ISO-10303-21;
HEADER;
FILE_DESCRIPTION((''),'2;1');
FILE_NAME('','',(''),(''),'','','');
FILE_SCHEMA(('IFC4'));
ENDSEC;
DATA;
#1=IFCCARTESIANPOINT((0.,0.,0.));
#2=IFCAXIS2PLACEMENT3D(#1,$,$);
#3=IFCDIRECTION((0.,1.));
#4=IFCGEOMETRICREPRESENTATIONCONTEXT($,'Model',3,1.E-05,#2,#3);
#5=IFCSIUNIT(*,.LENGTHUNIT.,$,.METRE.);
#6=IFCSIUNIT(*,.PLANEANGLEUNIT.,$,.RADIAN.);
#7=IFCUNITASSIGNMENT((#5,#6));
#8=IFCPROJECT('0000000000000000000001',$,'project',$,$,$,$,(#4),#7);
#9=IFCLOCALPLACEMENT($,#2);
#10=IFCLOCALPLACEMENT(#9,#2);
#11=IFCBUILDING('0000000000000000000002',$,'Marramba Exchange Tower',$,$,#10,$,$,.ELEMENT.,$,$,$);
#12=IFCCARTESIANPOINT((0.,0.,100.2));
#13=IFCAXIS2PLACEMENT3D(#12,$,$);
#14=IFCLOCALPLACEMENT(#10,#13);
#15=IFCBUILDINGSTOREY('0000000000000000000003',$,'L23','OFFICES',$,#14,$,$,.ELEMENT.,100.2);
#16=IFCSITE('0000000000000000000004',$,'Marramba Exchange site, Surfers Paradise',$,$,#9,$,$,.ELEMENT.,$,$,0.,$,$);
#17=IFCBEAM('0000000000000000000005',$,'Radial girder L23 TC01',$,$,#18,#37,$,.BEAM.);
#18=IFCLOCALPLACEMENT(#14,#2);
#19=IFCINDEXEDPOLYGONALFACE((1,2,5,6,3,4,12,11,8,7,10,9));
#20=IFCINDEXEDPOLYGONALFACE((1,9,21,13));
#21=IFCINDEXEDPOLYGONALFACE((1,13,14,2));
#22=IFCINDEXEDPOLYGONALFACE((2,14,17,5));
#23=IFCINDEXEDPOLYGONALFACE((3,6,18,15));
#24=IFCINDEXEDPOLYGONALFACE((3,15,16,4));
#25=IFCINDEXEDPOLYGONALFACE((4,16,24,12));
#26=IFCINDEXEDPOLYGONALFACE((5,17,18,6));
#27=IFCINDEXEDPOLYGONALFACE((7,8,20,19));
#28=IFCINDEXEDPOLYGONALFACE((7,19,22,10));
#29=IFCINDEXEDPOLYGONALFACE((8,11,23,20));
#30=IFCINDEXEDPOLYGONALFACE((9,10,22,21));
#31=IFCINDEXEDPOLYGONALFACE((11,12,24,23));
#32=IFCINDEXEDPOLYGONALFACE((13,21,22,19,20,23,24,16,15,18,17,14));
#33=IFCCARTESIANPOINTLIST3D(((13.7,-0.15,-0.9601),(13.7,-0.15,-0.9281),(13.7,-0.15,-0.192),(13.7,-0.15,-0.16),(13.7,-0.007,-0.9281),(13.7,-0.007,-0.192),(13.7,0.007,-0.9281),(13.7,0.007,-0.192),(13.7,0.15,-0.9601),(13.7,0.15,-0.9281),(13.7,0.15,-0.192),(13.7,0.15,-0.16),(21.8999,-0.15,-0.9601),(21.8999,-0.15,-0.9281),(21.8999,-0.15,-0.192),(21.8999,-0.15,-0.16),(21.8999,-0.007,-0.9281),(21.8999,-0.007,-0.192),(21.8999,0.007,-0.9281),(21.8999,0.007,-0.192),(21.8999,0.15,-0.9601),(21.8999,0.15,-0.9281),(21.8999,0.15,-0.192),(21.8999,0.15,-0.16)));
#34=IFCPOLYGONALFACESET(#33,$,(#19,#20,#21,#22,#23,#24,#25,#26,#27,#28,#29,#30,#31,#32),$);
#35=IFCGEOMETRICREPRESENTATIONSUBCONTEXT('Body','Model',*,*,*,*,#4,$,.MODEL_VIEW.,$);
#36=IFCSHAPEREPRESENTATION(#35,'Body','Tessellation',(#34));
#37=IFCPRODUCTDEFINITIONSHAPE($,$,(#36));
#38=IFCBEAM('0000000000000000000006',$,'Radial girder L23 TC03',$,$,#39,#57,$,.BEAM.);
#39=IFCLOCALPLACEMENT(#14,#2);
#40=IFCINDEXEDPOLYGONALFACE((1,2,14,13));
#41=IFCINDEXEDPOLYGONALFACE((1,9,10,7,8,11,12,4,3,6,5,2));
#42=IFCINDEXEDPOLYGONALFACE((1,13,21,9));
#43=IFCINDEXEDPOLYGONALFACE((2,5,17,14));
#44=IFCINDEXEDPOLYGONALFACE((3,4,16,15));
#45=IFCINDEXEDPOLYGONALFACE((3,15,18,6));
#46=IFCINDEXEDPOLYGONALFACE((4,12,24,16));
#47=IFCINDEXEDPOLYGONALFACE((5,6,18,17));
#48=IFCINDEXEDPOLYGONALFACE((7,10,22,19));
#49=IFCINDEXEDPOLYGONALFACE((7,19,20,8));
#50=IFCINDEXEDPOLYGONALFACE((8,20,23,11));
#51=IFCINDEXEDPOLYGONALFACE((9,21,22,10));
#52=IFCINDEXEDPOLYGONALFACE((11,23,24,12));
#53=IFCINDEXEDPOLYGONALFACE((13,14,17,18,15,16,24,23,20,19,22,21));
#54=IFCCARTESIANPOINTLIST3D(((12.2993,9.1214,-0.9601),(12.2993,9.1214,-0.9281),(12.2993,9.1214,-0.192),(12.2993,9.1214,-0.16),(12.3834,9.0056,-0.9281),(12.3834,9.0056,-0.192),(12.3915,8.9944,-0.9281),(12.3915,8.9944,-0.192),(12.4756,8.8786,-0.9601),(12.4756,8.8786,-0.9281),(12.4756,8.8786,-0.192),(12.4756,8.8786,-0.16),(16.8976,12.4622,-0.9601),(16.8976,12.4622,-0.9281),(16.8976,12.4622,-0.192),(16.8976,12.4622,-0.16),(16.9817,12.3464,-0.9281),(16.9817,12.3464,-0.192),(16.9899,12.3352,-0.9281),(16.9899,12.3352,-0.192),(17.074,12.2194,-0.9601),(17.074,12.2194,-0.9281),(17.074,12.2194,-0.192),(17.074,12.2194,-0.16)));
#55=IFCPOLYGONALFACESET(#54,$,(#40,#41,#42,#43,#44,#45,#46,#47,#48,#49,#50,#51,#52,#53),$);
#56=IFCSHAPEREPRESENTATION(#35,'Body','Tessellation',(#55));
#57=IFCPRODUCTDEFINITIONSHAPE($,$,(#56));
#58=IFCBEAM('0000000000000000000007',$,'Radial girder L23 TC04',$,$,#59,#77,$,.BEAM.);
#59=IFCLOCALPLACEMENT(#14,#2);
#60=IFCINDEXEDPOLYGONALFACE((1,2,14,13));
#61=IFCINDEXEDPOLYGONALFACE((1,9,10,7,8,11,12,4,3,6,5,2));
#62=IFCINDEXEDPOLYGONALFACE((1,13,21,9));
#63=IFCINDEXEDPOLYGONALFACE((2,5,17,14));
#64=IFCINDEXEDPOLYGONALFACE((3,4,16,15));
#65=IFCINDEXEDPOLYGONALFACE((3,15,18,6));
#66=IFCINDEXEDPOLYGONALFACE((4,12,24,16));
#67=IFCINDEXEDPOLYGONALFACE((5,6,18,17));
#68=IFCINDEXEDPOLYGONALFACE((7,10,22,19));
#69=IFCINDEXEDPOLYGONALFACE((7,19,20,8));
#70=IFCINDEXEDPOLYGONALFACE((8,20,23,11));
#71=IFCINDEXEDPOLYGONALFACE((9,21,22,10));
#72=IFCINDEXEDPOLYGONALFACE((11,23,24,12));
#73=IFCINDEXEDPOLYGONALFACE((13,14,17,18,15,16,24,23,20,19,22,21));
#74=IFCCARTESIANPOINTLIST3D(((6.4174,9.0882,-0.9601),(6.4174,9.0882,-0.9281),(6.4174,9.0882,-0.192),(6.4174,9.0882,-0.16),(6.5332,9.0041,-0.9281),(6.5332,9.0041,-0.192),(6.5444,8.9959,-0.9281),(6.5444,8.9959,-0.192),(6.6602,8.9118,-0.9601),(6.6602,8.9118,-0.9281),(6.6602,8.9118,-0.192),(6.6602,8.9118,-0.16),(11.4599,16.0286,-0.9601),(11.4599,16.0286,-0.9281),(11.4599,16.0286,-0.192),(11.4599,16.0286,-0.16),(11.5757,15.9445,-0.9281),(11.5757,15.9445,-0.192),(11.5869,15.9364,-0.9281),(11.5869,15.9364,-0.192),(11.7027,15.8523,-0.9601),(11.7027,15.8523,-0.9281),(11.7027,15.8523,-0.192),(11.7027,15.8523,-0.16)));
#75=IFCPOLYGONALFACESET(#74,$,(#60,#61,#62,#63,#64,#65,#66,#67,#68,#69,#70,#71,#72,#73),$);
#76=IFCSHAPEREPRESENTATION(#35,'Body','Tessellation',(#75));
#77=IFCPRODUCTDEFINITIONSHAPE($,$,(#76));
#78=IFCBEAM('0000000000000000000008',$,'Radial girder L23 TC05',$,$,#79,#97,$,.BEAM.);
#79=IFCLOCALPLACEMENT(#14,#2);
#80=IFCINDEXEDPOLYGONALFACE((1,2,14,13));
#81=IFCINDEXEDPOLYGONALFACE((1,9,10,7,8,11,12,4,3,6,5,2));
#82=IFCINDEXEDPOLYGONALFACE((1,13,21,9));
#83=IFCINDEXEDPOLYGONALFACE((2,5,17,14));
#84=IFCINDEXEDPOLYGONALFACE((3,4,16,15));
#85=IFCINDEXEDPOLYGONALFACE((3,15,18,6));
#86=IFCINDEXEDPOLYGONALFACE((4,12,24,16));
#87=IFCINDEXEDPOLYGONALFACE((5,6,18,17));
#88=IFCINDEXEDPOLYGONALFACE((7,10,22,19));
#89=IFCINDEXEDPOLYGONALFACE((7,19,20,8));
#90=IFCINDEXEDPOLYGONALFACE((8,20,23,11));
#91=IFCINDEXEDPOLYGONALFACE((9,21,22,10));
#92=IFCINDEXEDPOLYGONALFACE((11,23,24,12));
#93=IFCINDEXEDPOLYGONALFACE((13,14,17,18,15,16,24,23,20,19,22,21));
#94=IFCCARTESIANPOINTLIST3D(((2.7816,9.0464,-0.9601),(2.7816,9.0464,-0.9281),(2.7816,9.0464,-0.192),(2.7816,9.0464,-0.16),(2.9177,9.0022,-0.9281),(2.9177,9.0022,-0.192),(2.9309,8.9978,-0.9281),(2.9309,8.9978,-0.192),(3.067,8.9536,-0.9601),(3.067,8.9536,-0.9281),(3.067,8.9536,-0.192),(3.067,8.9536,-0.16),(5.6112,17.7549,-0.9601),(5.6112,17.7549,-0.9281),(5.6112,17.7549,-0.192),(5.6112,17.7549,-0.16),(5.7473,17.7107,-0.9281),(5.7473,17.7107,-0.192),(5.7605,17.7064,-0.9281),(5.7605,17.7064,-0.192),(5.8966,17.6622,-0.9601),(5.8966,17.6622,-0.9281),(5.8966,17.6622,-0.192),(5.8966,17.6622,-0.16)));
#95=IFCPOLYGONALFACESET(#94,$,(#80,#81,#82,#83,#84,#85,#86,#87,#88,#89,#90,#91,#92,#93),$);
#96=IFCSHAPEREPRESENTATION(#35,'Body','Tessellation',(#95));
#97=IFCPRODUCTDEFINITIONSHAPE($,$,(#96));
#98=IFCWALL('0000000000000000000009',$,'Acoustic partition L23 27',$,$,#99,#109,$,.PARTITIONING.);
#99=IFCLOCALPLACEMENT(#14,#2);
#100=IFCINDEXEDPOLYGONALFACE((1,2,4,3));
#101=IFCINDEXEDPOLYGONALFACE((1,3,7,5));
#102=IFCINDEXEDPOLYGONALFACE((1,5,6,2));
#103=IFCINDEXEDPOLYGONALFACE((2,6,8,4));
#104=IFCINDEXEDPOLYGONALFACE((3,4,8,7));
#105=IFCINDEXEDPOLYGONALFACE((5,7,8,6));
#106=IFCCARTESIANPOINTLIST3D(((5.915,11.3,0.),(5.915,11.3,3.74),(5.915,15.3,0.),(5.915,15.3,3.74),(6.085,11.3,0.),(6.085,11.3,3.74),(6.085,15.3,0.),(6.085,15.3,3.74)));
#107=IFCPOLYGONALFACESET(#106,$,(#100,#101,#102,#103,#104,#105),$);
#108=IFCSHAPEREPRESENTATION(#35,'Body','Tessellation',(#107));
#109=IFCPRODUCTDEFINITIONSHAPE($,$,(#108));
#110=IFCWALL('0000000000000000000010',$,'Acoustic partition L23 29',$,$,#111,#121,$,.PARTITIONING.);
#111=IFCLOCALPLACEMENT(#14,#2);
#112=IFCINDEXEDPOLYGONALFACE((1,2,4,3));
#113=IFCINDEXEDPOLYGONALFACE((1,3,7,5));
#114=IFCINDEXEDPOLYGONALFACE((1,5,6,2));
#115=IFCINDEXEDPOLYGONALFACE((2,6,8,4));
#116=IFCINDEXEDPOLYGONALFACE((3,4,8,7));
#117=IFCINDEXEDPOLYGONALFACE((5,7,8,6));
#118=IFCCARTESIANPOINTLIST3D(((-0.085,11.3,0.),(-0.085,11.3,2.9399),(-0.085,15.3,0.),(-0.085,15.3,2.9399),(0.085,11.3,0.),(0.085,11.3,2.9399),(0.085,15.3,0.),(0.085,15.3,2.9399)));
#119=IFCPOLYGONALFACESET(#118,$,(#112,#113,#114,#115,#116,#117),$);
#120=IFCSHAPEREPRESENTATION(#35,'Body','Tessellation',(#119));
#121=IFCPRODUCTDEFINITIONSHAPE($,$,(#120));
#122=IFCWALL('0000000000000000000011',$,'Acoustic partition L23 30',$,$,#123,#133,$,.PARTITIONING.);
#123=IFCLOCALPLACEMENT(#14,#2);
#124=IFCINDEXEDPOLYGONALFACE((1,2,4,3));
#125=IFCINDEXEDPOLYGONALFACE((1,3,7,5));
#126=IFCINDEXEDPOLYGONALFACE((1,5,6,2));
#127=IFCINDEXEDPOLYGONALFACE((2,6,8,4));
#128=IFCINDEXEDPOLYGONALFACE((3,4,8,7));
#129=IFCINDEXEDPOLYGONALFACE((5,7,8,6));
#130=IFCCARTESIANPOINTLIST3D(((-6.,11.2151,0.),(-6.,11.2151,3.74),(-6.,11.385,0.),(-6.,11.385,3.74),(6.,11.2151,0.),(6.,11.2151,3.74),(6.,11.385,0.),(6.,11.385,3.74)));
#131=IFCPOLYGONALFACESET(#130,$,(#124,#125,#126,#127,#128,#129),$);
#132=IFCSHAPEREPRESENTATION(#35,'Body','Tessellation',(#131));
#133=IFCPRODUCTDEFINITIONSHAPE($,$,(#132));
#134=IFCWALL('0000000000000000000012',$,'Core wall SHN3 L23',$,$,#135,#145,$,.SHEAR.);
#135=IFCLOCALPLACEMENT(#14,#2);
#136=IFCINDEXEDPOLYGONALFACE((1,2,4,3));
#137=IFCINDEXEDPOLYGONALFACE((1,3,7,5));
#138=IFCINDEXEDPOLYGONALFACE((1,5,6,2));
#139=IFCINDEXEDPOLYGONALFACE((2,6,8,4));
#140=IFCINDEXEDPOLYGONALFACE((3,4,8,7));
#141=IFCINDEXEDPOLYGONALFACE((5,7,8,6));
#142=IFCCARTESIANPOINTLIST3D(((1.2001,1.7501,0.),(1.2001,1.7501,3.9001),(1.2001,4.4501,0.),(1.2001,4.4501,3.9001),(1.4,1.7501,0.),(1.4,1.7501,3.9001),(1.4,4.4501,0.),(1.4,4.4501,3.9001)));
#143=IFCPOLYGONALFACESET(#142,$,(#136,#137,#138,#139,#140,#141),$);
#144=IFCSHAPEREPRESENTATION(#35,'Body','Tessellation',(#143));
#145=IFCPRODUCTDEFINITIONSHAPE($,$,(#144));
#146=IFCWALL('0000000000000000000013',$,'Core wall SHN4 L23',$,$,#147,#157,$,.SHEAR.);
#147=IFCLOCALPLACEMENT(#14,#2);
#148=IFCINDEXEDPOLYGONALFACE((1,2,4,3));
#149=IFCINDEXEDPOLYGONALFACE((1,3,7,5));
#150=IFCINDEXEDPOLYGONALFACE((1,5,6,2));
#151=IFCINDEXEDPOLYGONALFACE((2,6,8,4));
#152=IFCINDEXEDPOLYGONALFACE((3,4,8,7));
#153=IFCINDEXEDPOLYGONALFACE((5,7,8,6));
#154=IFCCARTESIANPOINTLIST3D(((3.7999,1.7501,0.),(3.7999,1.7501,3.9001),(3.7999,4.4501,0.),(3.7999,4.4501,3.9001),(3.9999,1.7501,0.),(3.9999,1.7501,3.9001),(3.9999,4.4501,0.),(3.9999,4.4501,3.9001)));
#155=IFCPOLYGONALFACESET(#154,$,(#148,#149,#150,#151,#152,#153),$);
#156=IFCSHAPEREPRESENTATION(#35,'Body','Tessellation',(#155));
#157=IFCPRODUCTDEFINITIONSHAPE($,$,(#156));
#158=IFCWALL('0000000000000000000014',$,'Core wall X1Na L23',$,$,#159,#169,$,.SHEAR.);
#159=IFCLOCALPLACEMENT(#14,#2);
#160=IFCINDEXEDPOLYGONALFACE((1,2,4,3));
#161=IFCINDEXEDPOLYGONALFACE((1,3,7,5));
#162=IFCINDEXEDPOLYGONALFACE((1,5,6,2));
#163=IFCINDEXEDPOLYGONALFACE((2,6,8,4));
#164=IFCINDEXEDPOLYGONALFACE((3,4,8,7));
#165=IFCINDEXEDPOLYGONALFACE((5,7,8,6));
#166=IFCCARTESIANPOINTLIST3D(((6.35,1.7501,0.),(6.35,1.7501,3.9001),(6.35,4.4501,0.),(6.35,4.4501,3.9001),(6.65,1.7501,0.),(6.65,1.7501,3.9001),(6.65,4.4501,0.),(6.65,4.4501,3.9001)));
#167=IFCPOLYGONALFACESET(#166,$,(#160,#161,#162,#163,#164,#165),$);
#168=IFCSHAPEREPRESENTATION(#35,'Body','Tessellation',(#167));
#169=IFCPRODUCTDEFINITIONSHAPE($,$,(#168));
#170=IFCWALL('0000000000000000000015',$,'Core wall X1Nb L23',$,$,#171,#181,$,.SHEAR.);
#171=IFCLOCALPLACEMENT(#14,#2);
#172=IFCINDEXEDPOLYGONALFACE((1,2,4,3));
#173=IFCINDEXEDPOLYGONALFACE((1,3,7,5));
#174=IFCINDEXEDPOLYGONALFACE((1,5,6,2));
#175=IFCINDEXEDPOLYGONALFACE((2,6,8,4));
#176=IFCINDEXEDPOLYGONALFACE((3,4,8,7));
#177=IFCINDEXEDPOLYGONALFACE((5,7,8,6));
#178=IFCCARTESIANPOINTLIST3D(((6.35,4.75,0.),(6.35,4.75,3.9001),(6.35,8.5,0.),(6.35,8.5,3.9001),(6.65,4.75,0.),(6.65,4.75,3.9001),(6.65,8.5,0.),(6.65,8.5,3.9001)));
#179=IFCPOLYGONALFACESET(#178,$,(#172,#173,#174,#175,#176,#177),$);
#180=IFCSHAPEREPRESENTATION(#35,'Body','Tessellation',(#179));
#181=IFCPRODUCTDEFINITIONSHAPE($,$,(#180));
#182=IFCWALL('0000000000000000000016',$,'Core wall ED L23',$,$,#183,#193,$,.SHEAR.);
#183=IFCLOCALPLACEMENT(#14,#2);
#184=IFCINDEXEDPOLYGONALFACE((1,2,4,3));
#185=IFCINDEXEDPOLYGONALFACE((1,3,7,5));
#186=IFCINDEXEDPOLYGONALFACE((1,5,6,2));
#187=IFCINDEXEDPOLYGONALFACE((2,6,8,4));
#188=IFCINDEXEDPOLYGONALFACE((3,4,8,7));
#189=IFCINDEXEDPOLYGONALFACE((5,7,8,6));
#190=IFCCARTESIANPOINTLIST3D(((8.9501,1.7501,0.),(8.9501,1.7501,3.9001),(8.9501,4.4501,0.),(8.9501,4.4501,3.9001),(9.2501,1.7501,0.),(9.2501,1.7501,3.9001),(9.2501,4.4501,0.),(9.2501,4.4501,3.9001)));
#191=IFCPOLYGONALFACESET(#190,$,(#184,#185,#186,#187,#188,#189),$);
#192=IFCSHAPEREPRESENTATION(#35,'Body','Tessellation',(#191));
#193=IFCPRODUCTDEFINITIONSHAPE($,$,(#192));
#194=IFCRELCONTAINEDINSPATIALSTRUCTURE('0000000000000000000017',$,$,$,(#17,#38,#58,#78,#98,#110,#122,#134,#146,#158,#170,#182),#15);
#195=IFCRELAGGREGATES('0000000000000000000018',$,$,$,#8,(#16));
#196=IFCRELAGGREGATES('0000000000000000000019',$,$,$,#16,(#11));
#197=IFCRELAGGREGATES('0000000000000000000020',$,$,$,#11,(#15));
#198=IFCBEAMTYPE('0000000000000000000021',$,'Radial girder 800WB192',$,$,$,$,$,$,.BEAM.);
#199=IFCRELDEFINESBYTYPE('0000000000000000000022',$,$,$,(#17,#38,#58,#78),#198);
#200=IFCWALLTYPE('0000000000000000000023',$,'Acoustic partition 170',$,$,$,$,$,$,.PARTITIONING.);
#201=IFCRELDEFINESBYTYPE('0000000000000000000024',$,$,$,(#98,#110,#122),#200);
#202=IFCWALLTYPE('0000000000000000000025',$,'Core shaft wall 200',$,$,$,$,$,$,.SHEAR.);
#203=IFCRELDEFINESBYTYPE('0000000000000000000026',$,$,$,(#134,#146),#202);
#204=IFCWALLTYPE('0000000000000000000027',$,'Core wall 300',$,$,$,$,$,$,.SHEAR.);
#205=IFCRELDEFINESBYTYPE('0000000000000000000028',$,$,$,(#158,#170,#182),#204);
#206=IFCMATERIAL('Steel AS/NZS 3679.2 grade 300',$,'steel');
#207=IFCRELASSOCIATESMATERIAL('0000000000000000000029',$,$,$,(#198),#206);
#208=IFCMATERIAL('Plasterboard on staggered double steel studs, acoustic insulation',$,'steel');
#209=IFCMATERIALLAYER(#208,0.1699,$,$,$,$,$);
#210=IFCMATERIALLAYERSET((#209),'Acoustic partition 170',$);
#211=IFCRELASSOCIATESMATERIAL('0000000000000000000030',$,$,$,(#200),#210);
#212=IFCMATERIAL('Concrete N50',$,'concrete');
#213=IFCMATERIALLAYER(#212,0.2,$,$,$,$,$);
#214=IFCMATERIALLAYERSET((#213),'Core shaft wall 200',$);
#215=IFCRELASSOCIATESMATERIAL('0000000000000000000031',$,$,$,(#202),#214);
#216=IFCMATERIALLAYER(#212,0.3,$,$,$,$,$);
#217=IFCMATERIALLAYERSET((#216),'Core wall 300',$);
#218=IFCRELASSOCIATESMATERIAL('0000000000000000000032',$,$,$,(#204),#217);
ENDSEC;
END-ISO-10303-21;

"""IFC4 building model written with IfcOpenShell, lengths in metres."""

from ifc_helpers import new_model, si_unit, direction, frame, frame_2d, origin, origin_2d, place, context, subcontext, project, spatial, rectangle, i_section, extrude, material, layer, layer_set, material_profile, profile_set, type_object, element, save


model = new_model("IFC4")

# Units and contexts
model_context = context("Model", 3, precision=1e-05, world=origin(), true_north=direction((0.0, 1.0)))
body_context = subcontext(model_context, "Body", "Model", "MODEL_VIEW")
ifc_project = project(units=[si_unit("LENGTHUNIT", "METRE"), si_unit("PLANEANGLEUNIT", "RADIAN")], contexts=[model_context])

# Site, building, storey
site_placement = place(None, origin())
site = spatial("IfcSite", under=ifc_project, at=site_placement, Name="Marramba Exchange site, Surfers Paradise", CompositionType="ELEMENT", RefElevation=0.0)
building_placement = place(site_placement, origin())
building = spatial("IfcBuilding", under=site, at=building_placement, Name="Marramba Exchange Tower", CompositionType="ELEMENT")
storey_placement = place(building_placement, frame((0.0, 0.0, 100.2)))
storey = spatial("IfcBuildingStorey", under=building, at=storey_placement, Name="L23", Description="OFFICES", CompositionType="ELEMENT", Elevation=100.2)

# Beams
ifc_material_1 = material(Name="Steel AS/NZS 3679.2 grade 300", Category="steel")
ifc_material_profile_1 = material_profile(ifc_material_1, i_section(OverallWidth=0.3, OverallDepth=0.8, WebThickness=0.0139, FlangeThickness=0.032, at=origin_2d()), Name="800WB192")
ifc_profile_set_1 = profile_set([ifc_material_profile_1], Name="Steel AS/NZS 3679.2 grade 300")
beam_type_1 = type_object("IfcBeamType", Name="Radial girder 800WB192", PredefinedType="BEAM", material=ifc_profile_set_1)
beam_1_placement = place(storey_placement, frame((13.7, 0.0, -0.5601), z_axis=(1.0, 0.0, 0.0), x_axis=(0.0, 1.0, 0.0)))
element("IfcBeam", 1, at=beam_1_placement, inside=storey, type_object=beam_type_1, Name="Radial girder L23 TC01", PredefinedType="BEAM", context=body_context, shape_type="SweptSolid", body=[
    extrude(i_section(OverallWidth=0.3, OverallDepth=0.8, WebThickness=0.0139, FlangeThickness=0.032, at=origin_2d()), origin(), (0.0, 0.0, 1.0), 8.2),
])
beam_2_placement = place(storey_placement, frame((12.3875, 9.0, -0.5601), z_axis=(0.809026, 0.587773, 0.0), x_axis=(-0.587773, 0.809026, 0.0)))
element("IfcBeam", 2, at=beam_2_placement, inside=storey, type_object=beam_type_1, Name="Radial girder L23 TC03", PredefinedType="BEAM", context=body_context, shape_type="SweptSolid", body=[
    extrude(i_section(OverallWidth=0.3, OverallDepth=0.8, WebThickness=0.0139, FlangeThickness=0.032, at=origin_2d()), origin(), (0.0, 0.0, 1.0), 5.6838),
])
beam_3_placement = place(storey_placement, frame((6.5388, 9.0, -0.5601), z_axis=(0.587782, 0.809019, 0.0), x_axis=(-0.809019, 0.587782, 0.0)))
element("IfcBeam", 3, at=beam_3_placement, inside=storey, type_object=beam_type_1, Name="Radial girder L23 TC04", PredefinedType="BEAM", context=body_context, shape_type="SweptSolid", body=[
    extrude(i_section(OverallWidth=0.3, OverallDepth=0.8, WebThickness=0.0139, FlangeThickness=0.032, at=origin_2d()), origin(), (0.0, 0.0, 1.0), 8.5789),
])
beam_4_placement = place(storey_placement, frame((2.9243, 9.0, -0.5601), z_axis=(0.30902, 0.951056, 0.0), x_axis=(-0.951056, 0.30902, 0.0)))
element("IfcBeam", 4, at=beam_4_placement, inside=storey, type_object=beam_type_1, Name="Radial girder L23 TC05", PredefinedType="BEAM", context=body_context, shape_type="SweptSolid", body=[
    extrude(i_section(OverallWidth=0.3, OverallDepth=0.8, WebThickness=0.0139, FlangeThickness=0.032, at=origin_2d()), origin(), (0.0, 0.0, 1.0), 9.1567),
])

# Walls
ifc_material_2 = material(Name="Plasterboard on staggered double steel studs, acoustic insulation", Category="steel")
ifc_layer_1 = layer(ifc_material_2, 0.1699)
ifc_layer_set_1 = layer_set([ifc_layer_1], Name="Acoustic partition 170")
wall_type_1 = type_object("IfcWallType", Name="Acoustic partition 170", PredefinedType="PARTITIONING", material=ifc_layer_set_1)
wall_1_placement = place(storey_placement, frame((6.0, 15.3, 0.0), z_axis=(0.0, 0.0, 1.0), x_axis=(0.0, -1.0, 0.0)))
element("IfcWall", 5, at=wall_1_placement, inside=storey, type_object=wall_type_1, Name="Acoustic partition L23 27", PredefinedType="PARTITIONING", context=body_context, shape_type="SweptSolid", body=[
    extrude(rectangle(XDim=4.0, YDim=0.1699, at=frame_2d((2.0, 0.0))), origin(), (0.0, 0.0, 1.0), 3.74),
])
wall_2_placement = place(storey_placement, frame((0.0, 15.3, 0.0), z_axis=(0.0, 0.0, 1.0), x_axis=(0.0, -1.0, 0.0)))
element("IfcWall", 6, at=wall_2_placement, inside=storey, type_object=wall_type_1, Name="Acoustic partition L23 29", PredefinedType="PARTITIONING", context=body_context, shape_type="SweptSolid", body=[
    extrude(rectangle(XDim=4.0, YDim=0.1699, at=frame_2d((2.0, 0.0))), origin(), (0.0, 0.0, 1.0), 2.9399),
])
wall_3_placement = place(storey_placement, frame((6.0, 11.3, 0.0), z_axis=(0.0, 0.0, 1.0), x_axis=(-1.0, 0.0, 0.0)))
element("IfcWall", 7, at=wall_3_placement, inside=storey, type_object=wall_type_1, Name="Acoustic partition L23 30", PredefinedType="PARTITIONING", context=body_context, shape_type="SweptSolid", body=[
    extrude(rectangle(XDim=12.0, YDim=0.1699, at=frame_2d((6.0, 0.0))), origin(), (0.0, 0.0, 1.0), 3.74),
])
ifc_material_3 = material(Name="Concrete N50", Category="concrete")
ifc_layer_2 = layer(ifc_material_3, 0.2)
ifc_layer_set_2 = layer_set([ifc_layer_2], Name="Core shaft wall 200")
wall_type_2 = type_object("IfcWallType", Name="Core shaft wall 200", PredefinedType="SHEAR", material=ifc_layer_set_2)
for number, where, z_axis, x_axis, name in (
    (8, (1.3, 1.75, 0.0), (0.0, 0.0, 1.0), (0.0, 1.0, 0.0), "Core wall SHN3 L23"),
    (9, (3.8999, 1.75, 0.0), (0.0, 0.0, 1.0), (0.0, 1.0, 0.0), "Core wall SHN4 L23"),
):
    element("IfcWall", number, at=place(storey_placement, frame(where, z_axis=z_axis, x_axis=x_axis)), inside=storey, type_object=wall_type_2, Name=name, PredefinedType="SHEAR", context=body_context, shape_type="SweptSolid", body=[
        extrude(rectangle(XDim=2.7, YDim=0.2, at=frame_2d((1.3501, 0.0))), origin(), (0.0, 0.0, 1.0), 3.9001),
    ])

# Walls
ifc_layer_3 = layer(ifc_material_3, 0.3)
ifc_layer_set_3 = layer_set([ifc_layer_3], Name="Core wall 300")
wall_type_3 = type_object("IfcWallType", Name="Core wall 300", PredefinedType="SHEAR", material=ifc_layer_set_3)
wall_4_placement = place(storey_placement, frame((6.5, 1.75, 0.0), z_axis=(0.0, 0.0, 1.0), x_axis=(0.0, 1.0, 0.0)))
element("IfcWall", 10, at=wall_4_placement, inside=storey, type_object=wall_type_3, Name="Core wall X1Na L23", PredefinedType="SHEAR", context=body_context, shape_type="SweptSolid", body=[
    extrude(rectangle(XDim=2.7, YDim=0.3, at=frame_2d((1.3501, 0.0))), origin(), (0.0, 0.0, 1.0), 3.9001),
])
wall_5_placement = place(storey_placement, frame((6.5, 4.75, 0.0), z_axis=(0.0, 0.0, 1.0), x_axis=(0.0, 1.0, 0.0)))
element("IfcWall", 11, at=wall_5_placement, inside=storey, type_object=wall_type_3, Name="Core wall X1Nb L23", PredefinedType="SHEAR", context=body_context, shape_type="SweptSolid", body=[
    extrude(rectangle(XDim=3.75, YDim=0.3, at=frame_2d((1.875, 0.0))), origin(), (0.0, 0.0, 1.0), 3.9001),
])
wall_6_placement = place(storey_placement, frame((9.1001, 1.75, 0.0), z_axis=(0.0, 0.0, 1.0), x_axis=(0.0, 1.0, 0.0)))
element("IfcWall", 12, at=wall_6_placement, inside=storey, type_object=wall_type_3, Name="Core wall ED L23", PredefinedType="SHEAR", context=body_context, shape_type="SweptSolid", body=[
    extrude(rectangle(XDim=2.7, YDim=0.3, at=frame_2d((1.3501, 0.0))), origin(), (0.0, 0.0, 1.0), 3.9001),
])

save(model, "model.ifc")
